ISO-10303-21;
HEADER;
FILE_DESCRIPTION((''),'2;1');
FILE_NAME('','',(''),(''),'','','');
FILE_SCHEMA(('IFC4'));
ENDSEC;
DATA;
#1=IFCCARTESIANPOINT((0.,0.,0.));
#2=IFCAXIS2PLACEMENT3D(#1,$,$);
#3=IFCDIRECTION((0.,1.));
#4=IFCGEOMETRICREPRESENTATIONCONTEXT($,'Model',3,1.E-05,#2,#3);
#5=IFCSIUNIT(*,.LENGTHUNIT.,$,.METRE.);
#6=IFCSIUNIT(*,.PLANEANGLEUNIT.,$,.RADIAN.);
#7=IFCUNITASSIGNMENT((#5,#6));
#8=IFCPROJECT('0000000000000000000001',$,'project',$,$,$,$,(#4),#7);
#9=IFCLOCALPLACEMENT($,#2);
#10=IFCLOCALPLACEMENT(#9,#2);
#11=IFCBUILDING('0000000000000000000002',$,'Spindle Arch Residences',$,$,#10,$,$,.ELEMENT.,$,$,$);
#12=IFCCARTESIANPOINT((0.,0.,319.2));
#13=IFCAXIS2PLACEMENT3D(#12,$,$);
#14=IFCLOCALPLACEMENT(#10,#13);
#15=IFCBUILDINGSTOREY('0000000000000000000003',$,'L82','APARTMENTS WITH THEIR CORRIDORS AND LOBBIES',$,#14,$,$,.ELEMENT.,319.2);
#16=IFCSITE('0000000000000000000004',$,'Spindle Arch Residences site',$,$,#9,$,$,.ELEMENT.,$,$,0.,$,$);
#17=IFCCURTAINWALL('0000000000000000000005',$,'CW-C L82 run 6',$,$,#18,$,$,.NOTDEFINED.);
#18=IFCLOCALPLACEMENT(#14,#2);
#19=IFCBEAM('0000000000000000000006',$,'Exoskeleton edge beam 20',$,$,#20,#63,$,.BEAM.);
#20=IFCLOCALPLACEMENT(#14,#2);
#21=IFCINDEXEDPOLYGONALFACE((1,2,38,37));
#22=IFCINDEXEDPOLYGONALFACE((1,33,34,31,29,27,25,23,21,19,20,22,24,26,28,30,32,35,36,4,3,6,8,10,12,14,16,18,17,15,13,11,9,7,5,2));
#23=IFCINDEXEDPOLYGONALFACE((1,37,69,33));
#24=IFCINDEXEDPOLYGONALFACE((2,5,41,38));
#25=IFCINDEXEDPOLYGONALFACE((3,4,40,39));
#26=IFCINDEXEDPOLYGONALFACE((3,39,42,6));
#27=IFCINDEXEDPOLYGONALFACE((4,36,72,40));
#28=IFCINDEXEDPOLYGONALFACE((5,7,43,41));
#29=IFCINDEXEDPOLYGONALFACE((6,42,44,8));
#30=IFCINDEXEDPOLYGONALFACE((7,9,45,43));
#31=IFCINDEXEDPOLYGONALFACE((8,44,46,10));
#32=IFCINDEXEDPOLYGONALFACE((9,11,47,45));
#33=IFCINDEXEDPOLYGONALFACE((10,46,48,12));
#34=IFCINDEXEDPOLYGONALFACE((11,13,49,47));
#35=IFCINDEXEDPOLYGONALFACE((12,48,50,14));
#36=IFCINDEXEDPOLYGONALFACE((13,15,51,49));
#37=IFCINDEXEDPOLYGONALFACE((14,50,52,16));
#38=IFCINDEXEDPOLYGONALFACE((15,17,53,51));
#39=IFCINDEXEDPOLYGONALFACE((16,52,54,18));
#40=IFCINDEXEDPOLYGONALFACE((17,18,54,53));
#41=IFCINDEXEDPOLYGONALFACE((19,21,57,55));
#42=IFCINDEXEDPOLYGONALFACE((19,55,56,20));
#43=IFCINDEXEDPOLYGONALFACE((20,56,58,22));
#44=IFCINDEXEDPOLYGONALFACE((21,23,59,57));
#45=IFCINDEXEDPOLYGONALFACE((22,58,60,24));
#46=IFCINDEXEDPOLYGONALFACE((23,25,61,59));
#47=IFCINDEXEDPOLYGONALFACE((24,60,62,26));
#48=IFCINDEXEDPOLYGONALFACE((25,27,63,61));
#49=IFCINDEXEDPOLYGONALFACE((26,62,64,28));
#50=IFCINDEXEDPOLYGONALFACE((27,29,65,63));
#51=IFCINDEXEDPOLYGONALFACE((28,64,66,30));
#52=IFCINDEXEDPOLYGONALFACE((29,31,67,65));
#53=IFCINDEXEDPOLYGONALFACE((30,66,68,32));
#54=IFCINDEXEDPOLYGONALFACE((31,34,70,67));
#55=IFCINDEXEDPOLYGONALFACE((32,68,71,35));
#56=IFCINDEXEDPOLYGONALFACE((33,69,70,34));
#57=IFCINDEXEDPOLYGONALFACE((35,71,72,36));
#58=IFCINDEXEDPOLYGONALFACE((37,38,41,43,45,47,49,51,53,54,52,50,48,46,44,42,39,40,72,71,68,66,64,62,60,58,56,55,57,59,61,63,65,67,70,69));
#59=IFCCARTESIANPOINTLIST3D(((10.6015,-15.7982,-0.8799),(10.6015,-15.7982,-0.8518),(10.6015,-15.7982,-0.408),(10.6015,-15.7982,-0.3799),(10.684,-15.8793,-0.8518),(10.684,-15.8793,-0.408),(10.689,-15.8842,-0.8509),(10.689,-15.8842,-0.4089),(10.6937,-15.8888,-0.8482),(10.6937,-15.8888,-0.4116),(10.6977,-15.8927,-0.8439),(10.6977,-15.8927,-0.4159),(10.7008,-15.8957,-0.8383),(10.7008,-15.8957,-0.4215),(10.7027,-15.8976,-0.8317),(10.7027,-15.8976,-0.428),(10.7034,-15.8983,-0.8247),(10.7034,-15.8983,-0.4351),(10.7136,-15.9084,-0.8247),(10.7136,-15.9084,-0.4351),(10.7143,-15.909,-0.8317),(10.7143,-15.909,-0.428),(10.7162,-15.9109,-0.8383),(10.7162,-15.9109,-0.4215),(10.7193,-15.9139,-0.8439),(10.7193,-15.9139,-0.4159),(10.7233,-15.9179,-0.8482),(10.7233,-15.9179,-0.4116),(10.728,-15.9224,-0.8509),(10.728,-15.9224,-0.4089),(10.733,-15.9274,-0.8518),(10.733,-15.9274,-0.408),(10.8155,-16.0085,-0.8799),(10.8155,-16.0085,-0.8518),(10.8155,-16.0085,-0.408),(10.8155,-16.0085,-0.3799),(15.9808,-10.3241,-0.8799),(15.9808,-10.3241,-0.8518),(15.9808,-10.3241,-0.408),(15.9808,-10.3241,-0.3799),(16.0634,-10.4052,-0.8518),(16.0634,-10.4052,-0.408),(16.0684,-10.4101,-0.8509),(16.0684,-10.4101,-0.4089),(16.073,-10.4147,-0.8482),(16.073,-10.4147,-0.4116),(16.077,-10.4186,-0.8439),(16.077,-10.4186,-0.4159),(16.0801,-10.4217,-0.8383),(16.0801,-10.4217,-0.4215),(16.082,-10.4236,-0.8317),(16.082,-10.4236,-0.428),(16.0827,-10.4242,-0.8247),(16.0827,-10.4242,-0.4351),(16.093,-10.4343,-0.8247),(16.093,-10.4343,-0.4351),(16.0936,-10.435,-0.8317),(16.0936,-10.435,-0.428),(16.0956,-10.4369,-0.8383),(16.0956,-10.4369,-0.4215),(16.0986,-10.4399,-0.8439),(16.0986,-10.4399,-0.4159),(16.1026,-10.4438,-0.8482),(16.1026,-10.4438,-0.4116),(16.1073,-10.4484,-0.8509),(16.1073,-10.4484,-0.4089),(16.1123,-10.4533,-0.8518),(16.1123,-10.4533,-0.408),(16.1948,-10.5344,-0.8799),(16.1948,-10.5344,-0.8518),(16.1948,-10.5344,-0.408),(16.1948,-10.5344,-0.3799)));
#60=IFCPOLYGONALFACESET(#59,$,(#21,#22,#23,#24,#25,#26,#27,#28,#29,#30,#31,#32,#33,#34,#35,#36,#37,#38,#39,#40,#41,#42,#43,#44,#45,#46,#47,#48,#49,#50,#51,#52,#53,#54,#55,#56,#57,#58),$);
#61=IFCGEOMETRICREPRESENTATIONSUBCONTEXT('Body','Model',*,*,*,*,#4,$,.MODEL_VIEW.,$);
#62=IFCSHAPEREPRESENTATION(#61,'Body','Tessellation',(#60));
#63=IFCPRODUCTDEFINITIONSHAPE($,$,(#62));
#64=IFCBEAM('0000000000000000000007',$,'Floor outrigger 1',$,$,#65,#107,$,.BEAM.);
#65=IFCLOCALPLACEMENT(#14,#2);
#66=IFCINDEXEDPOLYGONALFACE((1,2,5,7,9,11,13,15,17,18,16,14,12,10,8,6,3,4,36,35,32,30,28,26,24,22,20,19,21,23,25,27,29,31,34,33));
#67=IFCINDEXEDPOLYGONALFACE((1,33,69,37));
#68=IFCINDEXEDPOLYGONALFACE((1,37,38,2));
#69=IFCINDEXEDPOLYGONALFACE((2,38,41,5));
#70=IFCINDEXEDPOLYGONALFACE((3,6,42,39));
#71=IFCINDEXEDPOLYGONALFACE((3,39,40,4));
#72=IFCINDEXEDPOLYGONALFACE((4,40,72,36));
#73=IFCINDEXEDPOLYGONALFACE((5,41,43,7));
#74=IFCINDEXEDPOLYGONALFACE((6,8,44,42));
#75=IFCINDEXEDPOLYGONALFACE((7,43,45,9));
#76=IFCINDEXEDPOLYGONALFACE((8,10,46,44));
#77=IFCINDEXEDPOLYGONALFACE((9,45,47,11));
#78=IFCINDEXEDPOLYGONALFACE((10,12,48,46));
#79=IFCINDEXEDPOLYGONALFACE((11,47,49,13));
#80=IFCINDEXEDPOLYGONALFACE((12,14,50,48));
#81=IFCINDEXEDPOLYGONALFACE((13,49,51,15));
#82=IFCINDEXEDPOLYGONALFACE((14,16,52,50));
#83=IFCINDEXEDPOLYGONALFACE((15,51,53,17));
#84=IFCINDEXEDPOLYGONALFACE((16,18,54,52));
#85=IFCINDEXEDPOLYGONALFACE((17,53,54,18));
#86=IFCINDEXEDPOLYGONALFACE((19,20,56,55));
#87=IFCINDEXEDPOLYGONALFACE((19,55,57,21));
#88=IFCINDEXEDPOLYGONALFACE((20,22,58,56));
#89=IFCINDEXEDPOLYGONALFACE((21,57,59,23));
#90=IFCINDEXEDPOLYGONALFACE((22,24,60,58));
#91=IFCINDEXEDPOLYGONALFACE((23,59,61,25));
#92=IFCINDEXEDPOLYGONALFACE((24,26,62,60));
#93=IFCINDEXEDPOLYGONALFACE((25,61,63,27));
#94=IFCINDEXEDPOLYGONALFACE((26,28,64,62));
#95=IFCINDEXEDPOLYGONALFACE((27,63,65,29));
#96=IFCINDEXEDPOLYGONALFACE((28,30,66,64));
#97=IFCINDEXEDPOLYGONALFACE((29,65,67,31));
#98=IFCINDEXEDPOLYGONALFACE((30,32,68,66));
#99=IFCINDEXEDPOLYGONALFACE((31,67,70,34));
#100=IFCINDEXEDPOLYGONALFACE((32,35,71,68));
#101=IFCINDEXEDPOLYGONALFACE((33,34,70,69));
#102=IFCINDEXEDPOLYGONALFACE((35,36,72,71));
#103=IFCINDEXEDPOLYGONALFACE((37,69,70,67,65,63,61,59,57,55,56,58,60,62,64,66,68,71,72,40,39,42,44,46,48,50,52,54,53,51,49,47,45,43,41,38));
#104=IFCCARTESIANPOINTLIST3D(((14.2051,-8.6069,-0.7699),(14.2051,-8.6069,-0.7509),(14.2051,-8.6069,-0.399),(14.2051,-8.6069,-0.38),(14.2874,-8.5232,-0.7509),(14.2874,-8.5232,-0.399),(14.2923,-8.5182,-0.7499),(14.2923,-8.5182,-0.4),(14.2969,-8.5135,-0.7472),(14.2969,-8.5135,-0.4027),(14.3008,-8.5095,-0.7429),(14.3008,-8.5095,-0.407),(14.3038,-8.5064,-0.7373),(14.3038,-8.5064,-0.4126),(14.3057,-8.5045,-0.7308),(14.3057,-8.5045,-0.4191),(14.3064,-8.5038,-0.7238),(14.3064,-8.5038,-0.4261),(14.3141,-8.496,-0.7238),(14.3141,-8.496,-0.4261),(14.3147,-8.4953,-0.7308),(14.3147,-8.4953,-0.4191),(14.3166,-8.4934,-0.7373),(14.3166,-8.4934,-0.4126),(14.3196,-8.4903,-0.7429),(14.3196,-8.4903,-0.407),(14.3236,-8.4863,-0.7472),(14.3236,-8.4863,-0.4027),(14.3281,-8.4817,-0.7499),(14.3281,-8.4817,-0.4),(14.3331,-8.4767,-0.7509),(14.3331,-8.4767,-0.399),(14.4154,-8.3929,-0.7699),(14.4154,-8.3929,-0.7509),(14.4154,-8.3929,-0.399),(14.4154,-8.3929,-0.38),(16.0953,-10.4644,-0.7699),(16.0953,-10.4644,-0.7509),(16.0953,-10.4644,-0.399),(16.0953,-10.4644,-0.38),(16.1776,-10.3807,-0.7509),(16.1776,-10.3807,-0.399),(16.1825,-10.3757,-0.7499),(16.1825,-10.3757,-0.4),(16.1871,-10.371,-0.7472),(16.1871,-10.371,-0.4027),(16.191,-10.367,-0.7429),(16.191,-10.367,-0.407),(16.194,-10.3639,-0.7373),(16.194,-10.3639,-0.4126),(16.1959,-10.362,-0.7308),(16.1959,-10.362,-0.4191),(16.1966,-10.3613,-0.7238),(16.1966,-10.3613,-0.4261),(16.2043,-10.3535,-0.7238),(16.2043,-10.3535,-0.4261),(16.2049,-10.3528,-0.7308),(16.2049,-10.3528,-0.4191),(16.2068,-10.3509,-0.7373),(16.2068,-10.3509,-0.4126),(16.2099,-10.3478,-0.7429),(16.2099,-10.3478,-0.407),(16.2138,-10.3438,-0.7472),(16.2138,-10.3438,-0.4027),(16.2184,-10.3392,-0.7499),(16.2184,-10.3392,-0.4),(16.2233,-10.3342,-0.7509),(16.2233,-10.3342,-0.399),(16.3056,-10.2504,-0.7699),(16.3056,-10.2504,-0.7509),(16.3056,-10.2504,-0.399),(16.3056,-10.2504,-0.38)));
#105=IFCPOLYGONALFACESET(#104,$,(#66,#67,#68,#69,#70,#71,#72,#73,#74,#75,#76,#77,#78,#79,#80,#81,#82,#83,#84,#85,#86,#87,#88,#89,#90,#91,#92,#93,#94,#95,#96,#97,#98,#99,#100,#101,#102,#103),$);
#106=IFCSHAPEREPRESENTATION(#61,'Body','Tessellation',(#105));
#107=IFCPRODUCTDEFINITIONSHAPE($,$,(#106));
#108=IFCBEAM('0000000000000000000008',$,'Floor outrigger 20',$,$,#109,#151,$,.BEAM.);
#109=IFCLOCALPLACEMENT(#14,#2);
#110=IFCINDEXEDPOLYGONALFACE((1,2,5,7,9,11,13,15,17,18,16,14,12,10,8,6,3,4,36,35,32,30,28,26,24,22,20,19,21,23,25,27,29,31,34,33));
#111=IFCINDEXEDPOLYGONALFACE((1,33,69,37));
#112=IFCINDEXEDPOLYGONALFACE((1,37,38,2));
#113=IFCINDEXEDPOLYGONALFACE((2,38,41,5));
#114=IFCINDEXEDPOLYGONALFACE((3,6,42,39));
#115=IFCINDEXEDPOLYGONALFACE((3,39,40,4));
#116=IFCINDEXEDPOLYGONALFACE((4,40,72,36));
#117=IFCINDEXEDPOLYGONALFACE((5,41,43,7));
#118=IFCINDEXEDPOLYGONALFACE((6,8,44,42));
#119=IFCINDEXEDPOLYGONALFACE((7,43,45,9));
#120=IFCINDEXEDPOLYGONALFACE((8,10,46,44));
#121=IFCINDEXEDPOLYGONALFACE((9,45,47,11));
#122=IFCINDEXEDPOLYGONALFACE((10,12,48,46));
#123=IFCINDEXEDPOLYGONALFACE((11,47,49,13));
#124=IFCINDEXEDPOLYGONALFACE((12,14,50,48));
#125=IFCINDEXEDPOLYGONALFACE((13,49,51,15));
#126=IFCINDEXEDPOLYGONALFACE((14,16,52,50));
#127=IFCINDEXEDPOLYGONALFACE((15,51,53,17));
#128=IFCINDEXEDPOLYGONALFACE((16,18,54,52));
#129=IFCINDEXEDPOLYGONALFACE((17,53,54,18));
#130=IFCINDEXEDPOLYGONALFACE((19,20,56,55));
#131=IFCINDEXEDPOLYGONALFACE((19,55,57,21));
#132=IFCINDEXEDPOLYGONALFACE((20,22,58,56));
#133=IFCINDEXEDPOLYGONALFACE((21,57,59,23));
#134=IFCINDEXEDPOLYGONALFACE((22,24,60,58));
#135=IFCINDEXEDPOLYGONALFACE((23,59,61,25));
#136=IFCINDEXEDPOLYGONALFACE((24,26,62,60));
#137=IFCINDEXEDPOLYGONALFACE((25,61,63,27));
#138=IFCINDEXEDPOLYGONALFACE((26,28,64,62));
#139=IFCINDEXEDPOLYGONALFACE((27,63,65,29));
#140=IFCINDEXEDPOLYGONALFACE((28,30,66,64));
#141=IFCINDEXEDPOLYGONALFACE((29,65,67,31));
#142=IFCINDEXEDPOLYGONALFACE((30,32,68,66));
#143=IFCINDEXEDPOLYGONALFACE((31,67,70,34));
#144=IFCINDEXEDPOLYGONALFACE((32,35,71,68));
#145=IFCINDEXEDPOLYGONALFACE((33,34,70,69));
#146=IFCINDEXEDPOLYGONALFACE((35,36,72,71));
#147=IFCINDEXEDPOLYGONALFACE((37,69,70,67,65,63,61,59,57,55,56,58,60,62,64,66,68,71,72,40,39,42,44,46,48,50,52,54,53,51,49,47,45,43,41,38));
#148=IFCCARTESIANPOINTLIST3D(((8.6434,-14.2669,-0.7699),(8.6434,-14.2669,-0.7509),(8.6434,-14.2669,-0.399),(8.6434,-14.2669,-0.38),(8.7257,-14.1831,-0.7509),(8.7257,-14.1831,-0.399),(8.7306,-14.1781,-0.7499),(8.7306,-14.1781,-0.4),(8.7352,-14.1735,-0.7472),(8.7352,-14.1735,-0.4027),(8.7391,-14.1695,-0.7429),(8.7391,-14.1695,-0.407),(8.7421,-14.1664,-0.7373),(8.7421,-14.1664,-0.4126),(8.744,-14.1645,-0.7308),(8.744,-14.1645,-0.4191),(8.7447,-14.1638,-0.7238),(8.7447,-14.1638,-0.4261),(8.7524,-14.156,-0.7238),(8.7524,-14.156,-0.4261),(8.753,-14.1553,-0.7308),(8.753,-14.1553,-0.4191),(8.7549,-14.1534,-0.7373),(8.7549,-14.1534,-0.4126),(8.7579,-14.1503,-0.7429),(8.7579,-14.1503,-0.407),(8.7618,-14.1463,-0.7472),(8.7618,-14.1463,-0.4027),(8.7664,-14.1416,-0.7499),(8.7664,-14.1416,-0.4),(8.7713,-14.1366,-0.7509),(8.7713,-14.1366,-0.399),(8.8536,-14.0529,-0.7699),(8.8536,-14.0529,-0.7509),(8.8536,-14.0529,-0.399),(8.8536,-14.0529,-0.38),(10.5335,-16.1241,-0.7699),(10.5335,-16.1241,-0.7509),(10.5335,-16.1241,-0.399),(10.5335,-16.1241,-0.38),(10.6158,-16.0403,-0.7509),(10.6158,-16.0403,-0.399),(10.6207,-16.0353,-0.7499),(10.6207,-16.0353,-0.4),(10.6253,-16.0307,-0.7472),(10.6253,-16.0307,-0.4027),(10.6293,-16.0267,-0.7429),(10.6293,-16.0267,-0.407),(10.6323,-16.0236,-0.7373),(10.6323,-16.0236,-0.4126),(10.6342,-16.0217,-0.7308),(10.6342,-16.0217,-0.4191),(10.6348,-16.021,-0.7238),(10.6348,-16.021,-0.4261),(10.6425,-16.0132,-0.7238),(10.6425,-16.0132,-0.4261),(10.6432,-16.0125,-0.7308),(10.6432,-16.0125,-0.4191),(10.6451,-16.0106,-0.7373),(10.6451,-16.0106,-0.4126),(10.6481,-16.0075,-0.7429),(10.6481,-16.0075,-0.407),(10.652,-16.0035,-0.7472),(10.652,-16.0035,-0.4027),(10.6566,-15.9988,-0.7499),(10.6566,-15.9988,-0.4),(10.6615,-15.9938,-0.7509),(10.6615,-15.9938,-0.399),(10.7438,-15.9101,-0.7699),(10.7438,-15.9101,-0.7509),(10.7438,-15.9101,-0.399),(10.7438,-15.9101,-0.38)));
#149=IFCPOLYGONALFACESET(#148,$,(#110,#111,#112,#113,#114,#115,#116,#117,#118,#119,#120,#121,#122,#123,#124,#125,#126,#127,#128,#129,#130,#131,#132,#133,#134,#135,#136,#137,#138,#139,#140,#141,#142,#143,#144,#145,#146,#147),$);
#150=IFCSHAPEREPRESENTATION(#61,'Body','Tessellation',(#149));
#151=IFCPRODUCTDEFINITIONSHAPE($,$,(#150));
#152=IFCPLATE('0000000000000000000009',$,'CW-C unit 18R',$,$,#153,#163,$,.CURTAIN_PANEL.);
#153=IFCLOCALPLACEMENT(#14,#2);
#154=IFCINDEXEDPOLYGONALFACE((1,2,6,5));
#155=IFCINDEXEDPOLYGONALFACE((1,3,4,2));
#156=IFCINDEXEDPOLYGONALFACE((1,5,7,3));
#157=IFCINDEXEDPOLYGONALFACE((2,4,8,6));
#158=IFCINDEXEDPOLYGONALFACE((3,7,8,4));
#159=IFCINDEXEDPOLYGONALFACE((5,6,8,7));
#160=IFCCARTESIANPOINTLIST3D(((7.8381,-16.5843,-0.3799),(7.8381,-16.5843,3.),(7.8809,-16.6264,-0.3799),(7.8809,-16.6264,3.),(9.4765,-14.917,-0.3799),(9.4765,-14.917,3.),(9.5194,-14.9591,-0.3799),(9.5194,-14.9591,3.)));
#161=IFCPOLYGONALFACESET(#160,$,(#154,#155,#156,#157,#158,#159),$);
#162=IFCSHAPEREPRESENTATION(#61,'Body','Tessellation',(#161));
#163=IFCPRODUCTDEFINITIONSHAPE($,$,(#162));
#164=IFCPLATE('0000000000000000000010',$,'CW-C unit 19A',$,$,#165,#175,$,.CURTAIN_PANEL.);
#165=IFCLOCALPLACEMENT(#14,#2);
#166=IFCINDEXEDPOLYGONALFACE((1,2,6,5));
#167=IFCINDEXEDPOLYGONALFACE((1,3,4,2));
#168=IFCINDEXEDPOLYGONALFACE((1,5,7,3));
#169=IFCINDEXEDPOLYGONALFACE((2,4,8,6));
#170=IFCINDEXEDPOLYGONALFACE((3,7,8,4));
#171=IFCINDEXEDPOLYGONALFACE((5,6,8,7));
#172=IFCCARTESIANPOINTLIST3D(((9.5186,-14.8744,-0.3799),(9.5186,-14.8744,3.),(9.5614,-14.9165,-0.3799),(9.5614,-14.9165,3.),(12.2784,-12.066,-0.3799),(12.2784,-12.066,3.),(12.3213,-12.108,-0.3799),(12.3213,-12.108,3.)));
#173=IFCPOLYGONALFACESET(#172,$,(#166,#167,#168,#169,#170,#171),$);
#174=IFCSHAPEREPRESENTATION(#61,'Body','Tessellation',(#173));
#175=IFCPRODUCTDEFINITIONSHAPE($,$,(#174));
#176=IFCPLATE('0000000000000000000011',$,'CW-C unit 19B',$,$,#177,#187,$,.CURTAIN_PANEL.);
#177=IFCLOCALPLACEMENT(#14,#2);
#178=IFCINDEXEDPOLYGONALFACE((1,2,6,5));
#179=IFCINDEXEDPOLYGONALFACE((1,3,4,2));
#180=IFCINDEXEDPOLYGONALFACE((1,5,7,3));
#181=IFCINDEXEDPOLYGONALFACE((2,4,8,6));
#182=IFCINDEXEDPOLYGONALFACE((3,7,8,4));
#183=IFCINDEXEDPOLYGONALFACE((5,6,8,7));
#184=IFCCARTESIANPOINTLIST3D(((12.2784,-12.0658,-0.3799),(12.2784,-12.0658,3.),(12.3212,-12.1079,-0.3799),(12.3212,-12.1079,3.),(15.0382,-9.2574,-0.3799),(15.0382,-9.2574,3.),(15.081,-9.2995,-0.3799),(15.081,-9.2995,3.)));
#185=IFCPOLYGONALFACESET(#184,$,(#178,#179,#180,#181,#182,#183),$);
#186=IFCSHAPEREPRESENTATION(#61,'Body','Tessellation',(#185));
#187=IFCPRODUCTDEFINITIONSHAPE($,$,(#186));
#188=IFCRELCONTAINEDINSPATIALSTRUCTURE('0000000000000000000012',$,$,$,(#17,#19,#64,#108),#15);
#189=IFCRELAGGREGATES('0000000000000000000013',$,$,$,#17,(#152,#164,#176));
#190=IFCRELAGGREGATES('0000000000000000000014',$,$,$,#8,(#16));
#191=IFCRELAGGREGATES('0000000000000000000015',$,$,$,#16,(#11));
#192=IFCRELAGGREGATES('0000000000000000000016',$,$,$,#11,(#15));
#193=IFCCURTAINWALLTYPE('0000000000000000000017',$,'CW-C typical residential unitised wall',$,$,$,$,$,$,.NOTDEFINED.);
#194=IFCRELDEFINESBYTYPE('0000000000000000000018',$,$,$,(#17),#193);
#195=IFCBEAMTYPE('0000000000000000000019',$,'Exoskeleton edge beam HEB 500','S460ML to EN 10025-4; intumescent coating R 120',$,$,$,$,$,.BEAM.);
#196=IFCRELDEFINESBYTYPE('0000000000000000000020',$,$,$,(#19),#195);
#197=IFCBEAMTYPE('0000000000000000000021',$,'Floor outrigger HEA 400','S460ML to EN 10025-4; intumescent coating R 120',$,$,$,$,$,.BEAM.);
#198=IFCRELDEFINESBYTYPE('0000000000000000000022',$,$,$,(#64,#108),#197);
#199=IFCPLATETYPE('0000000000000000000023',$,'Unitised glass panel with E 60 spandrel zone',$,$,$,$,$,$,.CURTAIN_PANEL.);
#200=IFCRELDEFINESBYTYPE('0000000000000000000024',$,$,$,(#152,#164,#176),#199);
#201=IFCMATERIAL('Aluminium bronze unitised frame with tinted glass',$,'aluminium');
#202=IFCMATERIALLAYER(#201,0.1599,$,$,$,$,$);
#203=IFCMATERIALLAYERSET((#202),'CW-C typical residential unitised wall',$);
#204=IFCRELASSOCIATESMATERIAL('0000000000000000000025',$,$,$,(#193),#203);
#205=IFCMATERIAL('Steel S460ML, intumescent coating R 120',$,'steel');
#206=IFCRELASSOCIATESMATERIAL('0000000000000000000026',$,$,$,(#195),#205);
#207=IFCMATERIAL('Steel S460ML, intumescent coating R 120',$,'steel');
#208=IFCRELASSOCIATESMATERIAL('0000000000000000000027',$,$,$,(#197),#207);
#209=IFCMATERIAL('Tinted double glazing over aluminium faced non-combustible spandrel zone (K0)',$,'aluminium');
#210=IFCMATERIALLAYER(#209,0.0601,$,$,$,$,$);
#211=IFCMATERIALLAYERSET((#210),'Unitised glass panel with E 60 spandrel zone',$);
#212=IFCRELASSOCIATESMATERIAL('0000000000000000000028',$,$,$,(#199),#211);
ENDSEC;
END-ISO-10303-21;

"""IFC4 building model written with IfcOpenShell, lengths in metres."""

from ifc_helpers import new_model, si_unit, direction, frame, origin, origin_2d, place, context, subcontext, project, spatial, rectangle, i_section, extrude, material, layer, layer_set, material_profile, profile_set, type_object, element, aggregate, save


model = new_model("IFC4")

# Units and contexts
model_context = context("Model", 3, precision=1e-05, world=origin(), true_north=direction((0.0, 1.0)))
body_context = subcontext(model_context, "Body", "Model", "MODEL_VIEW")
ifc_project = project(units=[si_unit("LENGTHUNIT", "METRE"), si_unit("PLANEANGLEUNIT", "RADIAN")], contexts=[model_context])

# Site, building, storey
site_placement = place(None, origin())
site = spatial("IfcSite", under=ifc_project, at=site_placement, Name="Spindle Arch Residences site", CompositionType="ELEMENT", RefElevation=0.0)
building_placement = place(site_placement, origin())
building = spatial("IfcBuilding", under=site, at=building_placement, Name="Spindle Arch Residences", CompositionType="ELEMENT")
storey_placement = place(building_placement, frame((0.0, 0.0, 319.2)))
storey = spatial("IfcBuildingStorey", under=building, at=storey_placement, Name="L82", Description="APARTMENTS WITH THEIR CORRIDORS AND LOBBIES", CompositionType="ELEMENT", Elevation=319.2)

# Curtain wall
ifc_material_1 = material(Name="Aluminium bronze unitised frame with tinted glass", Category="aluminium")
ifc_layer_1 = layer(ifc_material_1, 0.1599)
ifc_layer_set_1 = layer_set([ifc_layer_1], Name="CW-C typical residential unitised wall")
curtain_wall_type = type_object("IfcCurtainWallType", Name="CW-C typical residential unitised wall", PredefinedType="NOTDEFINED", material=ifc_layer_set_1)
curtain_wall_placement = place(storey_placement, origin())
curtain_wall = element("IfcCurtainWall", 1, at=curtain_wall_placement, inside=storey, type_object=curtain_wall_type, Name="CW-C L82 run 6", PredefinedType="NOTDEFINED")

# Beams
ifc_material_2 = material(Name="Steel S460ML, intumescent coating R 120", Category="steel")
ifc_material_profile_1 = material_profile(ifc_material_2, i_section(OverallWidth=0.3, OverallDepth=0.5, WebThickness=0.0144, FlangeThickness=0.0281, FilletRadius=0.0271, at=origin_2d()), Name="HEB 500")
ifc_profile_set_1 = profile_set([ifc_material_profile_1], Name="Steel S460ML, intumescent coating R 120")
beam_type_1 = type_object("IfcBeamType", Name="Exoskeleton edge beam HEB 500", Description="S460ML to EN 10025-4; intumescent coating R 120", PredefinedType="BEAM", material=ifc_profile_set_1)
for number, where, z_axis, x_axis, name in (
    (2, (10.7085, -15.9033, -0.6299), (0.700909, 0.713251, 0.0), (-0.713251, 0.700909, 0.0), "Exoskeleton edge beam 20"),
):
    element("IfcBeam", number, at=place(storey_placement, frame(where, z_axis=z_axis, x_axis=x_axis)), inside=storey, type_object=beam_type_1, Name=name, PredefinedType="BEAM", context=body_context, shape_type="SweptSolid", body=[
        extrude(i_section(OverallWidth=0.3, OverallDepth=0.5, WebThickness=0.0144, FlangeThickness=0.0281, FilletRadius=0.0271, at=origin_2d()), origin(), (0.0, 0.0, 1.0), 7.6748),
    ])
ifc_material_3 = material(Name="Steel S460ML, intumescent coating R 120", Category="steel")
ifc_material_profile_2 = material_profile(ifc_material_3, i_section(OverallWidth=0.3, OverallDepth=0.3899, WebThickness=0.011, FlangeThickness=0.019, FilletRadius=0.0271, at=origin_2d()), Name="HEA 400")
ifc_profile_set_2 = profile_set([ifc_material_profile_2], Name="Steel S460ML, intumescent coating R 120")
beam_type_2 = type_object("IfcBeamType", Name="Floor outrigger HEA 400", Description="S460ML to EN 10025-4; intumescent coating R 120", PredefinedType="BEAM", material=ifc_profile_set_2)
beam_1_placement = place(storey_placement, frame((16.2004, -10.3574, -0.575), z_axis=(-0.713252, 0.700907, 0.0), x_axis=(-0.700907, -0.713252, 0.0)))
element("IfcBeam", 3, at=beam_1_placement, inside=storey, type_object=beam_type_2, Name="Floor outrigger 1", PredefinedType="BEAM", context=body_context, shape_type="SweptSolid", body=[
    extrude(i_section(OverallWidth=0.3, OverallDepth=0.3899, WebThickness=0.011, FlangeThickness=0.019, FilletRadius=0.0271, at=origin_2d()), origin(), (0.0, 0.0, 1.0), 2.6501),
])
beam_2_placement = place(storey_placement, frame((10.6387, -16.0171, -0.575), z_axis=(-0.713298, 0.70086, 0.0), x_axis=(-0.70086, -0.713298, 0.0)))
element("IfcBeam", 4, at=beam_2_placement, inside=storey, type_object=beam_type_2, Name="Floor outrigger 20", PredefinedType="BEAM", context=body_context, shape_type="SweptSolid", body=[
    extrude(i_section(OverallWidth=0.3, OverallDepth=0.3899, WebThickness=0.011, FlangeThickness=0.019, FilletRadius=0.0271, at=origin_2d()), origin(), (0.0, 0.0, 1.0), 2.6499),
])

# Plates
ifc_material_4 = material(Name="Tinted double glazing over aluminium faced non-combustible spandrel zone (K0)", Category="aluminium")
ifc_layer_2 = layer(ifc_material_4, 0.0601)
ifc_layer_set_2 = layer_set([ifc_layer_2], Name="Unitised glass panel with E 60 spandrel zone")
plate_type = type_object("IfcPlateType", Name="Unitised glass panel with E 60 spandrel zone", PredefinedType="CURTAIN_PANEL", material=ifc_layer_set_2)
plate_1_placement = place(storey_placement, frame((8.6787, -15.7717, -0.3799), z_axis=(0.0, 0.0, 1.0), x_axis=(0.700909, 0.71325, 0.0)))
plate_1 = element("IfcPlate", 5, at=plate_1_placement, type_object=plate_type, Name="CW-C unit 18R", PredefinedType="CURTAIN_PANEL", context=body_context, shape_type="SweptSolid", body=[
    extrude(rectangle(XDim=2.3376, YDim=0.0601, at=origin_2d()), origin(), (0.0, 0.0, 1.0), 3.3799),
])
plate_2_placement = place(storey_placement, frame((10.9199, -13.4912, -0.3799), z_axis=(0.0, 0.0, 1.0), x_axis=(0.700909, 0.71325, 0.0)))
plate_2 = element("IfcPlate", 6, at=plate_2_placement, type_object=plate_type, Name="CW-C unit 19A", PredefinedType="CURTAIN_PANEL", context=body_context, shape_type="SweptSolid", body=[
    extrude(rectangle(XDim=3.9375, YDim=0.0601, at=origin_2d()), origin(), (0.0, 0.0, 1.0), 3.3799),
])
plate_3_placement = place(storey_placement, frame((13.6797, -10.6826, -0.3799), z_axis=(0.0, 0.0, 1.0), x_axis=(0.700909, 0.71325, 0.0)))
plate_3 = element("IfcPlate", 7, at=plate_3_placement, type_object=plate_type, Name="CW-C unit 19B", PredefinedType="CURTAIN_PANEL", context=body_context, shape_type="SweptSolid", body=[
    extrude(rectangle(XDim=3.9375, YDim=0.0601, at=origin_2d()), origin(), (0.0, 0.0, 1.0), 3.3799),
])
aggregate(curtain_wall, [plate_1, plate_2, plate_3])

save(model, "model.ifc")
